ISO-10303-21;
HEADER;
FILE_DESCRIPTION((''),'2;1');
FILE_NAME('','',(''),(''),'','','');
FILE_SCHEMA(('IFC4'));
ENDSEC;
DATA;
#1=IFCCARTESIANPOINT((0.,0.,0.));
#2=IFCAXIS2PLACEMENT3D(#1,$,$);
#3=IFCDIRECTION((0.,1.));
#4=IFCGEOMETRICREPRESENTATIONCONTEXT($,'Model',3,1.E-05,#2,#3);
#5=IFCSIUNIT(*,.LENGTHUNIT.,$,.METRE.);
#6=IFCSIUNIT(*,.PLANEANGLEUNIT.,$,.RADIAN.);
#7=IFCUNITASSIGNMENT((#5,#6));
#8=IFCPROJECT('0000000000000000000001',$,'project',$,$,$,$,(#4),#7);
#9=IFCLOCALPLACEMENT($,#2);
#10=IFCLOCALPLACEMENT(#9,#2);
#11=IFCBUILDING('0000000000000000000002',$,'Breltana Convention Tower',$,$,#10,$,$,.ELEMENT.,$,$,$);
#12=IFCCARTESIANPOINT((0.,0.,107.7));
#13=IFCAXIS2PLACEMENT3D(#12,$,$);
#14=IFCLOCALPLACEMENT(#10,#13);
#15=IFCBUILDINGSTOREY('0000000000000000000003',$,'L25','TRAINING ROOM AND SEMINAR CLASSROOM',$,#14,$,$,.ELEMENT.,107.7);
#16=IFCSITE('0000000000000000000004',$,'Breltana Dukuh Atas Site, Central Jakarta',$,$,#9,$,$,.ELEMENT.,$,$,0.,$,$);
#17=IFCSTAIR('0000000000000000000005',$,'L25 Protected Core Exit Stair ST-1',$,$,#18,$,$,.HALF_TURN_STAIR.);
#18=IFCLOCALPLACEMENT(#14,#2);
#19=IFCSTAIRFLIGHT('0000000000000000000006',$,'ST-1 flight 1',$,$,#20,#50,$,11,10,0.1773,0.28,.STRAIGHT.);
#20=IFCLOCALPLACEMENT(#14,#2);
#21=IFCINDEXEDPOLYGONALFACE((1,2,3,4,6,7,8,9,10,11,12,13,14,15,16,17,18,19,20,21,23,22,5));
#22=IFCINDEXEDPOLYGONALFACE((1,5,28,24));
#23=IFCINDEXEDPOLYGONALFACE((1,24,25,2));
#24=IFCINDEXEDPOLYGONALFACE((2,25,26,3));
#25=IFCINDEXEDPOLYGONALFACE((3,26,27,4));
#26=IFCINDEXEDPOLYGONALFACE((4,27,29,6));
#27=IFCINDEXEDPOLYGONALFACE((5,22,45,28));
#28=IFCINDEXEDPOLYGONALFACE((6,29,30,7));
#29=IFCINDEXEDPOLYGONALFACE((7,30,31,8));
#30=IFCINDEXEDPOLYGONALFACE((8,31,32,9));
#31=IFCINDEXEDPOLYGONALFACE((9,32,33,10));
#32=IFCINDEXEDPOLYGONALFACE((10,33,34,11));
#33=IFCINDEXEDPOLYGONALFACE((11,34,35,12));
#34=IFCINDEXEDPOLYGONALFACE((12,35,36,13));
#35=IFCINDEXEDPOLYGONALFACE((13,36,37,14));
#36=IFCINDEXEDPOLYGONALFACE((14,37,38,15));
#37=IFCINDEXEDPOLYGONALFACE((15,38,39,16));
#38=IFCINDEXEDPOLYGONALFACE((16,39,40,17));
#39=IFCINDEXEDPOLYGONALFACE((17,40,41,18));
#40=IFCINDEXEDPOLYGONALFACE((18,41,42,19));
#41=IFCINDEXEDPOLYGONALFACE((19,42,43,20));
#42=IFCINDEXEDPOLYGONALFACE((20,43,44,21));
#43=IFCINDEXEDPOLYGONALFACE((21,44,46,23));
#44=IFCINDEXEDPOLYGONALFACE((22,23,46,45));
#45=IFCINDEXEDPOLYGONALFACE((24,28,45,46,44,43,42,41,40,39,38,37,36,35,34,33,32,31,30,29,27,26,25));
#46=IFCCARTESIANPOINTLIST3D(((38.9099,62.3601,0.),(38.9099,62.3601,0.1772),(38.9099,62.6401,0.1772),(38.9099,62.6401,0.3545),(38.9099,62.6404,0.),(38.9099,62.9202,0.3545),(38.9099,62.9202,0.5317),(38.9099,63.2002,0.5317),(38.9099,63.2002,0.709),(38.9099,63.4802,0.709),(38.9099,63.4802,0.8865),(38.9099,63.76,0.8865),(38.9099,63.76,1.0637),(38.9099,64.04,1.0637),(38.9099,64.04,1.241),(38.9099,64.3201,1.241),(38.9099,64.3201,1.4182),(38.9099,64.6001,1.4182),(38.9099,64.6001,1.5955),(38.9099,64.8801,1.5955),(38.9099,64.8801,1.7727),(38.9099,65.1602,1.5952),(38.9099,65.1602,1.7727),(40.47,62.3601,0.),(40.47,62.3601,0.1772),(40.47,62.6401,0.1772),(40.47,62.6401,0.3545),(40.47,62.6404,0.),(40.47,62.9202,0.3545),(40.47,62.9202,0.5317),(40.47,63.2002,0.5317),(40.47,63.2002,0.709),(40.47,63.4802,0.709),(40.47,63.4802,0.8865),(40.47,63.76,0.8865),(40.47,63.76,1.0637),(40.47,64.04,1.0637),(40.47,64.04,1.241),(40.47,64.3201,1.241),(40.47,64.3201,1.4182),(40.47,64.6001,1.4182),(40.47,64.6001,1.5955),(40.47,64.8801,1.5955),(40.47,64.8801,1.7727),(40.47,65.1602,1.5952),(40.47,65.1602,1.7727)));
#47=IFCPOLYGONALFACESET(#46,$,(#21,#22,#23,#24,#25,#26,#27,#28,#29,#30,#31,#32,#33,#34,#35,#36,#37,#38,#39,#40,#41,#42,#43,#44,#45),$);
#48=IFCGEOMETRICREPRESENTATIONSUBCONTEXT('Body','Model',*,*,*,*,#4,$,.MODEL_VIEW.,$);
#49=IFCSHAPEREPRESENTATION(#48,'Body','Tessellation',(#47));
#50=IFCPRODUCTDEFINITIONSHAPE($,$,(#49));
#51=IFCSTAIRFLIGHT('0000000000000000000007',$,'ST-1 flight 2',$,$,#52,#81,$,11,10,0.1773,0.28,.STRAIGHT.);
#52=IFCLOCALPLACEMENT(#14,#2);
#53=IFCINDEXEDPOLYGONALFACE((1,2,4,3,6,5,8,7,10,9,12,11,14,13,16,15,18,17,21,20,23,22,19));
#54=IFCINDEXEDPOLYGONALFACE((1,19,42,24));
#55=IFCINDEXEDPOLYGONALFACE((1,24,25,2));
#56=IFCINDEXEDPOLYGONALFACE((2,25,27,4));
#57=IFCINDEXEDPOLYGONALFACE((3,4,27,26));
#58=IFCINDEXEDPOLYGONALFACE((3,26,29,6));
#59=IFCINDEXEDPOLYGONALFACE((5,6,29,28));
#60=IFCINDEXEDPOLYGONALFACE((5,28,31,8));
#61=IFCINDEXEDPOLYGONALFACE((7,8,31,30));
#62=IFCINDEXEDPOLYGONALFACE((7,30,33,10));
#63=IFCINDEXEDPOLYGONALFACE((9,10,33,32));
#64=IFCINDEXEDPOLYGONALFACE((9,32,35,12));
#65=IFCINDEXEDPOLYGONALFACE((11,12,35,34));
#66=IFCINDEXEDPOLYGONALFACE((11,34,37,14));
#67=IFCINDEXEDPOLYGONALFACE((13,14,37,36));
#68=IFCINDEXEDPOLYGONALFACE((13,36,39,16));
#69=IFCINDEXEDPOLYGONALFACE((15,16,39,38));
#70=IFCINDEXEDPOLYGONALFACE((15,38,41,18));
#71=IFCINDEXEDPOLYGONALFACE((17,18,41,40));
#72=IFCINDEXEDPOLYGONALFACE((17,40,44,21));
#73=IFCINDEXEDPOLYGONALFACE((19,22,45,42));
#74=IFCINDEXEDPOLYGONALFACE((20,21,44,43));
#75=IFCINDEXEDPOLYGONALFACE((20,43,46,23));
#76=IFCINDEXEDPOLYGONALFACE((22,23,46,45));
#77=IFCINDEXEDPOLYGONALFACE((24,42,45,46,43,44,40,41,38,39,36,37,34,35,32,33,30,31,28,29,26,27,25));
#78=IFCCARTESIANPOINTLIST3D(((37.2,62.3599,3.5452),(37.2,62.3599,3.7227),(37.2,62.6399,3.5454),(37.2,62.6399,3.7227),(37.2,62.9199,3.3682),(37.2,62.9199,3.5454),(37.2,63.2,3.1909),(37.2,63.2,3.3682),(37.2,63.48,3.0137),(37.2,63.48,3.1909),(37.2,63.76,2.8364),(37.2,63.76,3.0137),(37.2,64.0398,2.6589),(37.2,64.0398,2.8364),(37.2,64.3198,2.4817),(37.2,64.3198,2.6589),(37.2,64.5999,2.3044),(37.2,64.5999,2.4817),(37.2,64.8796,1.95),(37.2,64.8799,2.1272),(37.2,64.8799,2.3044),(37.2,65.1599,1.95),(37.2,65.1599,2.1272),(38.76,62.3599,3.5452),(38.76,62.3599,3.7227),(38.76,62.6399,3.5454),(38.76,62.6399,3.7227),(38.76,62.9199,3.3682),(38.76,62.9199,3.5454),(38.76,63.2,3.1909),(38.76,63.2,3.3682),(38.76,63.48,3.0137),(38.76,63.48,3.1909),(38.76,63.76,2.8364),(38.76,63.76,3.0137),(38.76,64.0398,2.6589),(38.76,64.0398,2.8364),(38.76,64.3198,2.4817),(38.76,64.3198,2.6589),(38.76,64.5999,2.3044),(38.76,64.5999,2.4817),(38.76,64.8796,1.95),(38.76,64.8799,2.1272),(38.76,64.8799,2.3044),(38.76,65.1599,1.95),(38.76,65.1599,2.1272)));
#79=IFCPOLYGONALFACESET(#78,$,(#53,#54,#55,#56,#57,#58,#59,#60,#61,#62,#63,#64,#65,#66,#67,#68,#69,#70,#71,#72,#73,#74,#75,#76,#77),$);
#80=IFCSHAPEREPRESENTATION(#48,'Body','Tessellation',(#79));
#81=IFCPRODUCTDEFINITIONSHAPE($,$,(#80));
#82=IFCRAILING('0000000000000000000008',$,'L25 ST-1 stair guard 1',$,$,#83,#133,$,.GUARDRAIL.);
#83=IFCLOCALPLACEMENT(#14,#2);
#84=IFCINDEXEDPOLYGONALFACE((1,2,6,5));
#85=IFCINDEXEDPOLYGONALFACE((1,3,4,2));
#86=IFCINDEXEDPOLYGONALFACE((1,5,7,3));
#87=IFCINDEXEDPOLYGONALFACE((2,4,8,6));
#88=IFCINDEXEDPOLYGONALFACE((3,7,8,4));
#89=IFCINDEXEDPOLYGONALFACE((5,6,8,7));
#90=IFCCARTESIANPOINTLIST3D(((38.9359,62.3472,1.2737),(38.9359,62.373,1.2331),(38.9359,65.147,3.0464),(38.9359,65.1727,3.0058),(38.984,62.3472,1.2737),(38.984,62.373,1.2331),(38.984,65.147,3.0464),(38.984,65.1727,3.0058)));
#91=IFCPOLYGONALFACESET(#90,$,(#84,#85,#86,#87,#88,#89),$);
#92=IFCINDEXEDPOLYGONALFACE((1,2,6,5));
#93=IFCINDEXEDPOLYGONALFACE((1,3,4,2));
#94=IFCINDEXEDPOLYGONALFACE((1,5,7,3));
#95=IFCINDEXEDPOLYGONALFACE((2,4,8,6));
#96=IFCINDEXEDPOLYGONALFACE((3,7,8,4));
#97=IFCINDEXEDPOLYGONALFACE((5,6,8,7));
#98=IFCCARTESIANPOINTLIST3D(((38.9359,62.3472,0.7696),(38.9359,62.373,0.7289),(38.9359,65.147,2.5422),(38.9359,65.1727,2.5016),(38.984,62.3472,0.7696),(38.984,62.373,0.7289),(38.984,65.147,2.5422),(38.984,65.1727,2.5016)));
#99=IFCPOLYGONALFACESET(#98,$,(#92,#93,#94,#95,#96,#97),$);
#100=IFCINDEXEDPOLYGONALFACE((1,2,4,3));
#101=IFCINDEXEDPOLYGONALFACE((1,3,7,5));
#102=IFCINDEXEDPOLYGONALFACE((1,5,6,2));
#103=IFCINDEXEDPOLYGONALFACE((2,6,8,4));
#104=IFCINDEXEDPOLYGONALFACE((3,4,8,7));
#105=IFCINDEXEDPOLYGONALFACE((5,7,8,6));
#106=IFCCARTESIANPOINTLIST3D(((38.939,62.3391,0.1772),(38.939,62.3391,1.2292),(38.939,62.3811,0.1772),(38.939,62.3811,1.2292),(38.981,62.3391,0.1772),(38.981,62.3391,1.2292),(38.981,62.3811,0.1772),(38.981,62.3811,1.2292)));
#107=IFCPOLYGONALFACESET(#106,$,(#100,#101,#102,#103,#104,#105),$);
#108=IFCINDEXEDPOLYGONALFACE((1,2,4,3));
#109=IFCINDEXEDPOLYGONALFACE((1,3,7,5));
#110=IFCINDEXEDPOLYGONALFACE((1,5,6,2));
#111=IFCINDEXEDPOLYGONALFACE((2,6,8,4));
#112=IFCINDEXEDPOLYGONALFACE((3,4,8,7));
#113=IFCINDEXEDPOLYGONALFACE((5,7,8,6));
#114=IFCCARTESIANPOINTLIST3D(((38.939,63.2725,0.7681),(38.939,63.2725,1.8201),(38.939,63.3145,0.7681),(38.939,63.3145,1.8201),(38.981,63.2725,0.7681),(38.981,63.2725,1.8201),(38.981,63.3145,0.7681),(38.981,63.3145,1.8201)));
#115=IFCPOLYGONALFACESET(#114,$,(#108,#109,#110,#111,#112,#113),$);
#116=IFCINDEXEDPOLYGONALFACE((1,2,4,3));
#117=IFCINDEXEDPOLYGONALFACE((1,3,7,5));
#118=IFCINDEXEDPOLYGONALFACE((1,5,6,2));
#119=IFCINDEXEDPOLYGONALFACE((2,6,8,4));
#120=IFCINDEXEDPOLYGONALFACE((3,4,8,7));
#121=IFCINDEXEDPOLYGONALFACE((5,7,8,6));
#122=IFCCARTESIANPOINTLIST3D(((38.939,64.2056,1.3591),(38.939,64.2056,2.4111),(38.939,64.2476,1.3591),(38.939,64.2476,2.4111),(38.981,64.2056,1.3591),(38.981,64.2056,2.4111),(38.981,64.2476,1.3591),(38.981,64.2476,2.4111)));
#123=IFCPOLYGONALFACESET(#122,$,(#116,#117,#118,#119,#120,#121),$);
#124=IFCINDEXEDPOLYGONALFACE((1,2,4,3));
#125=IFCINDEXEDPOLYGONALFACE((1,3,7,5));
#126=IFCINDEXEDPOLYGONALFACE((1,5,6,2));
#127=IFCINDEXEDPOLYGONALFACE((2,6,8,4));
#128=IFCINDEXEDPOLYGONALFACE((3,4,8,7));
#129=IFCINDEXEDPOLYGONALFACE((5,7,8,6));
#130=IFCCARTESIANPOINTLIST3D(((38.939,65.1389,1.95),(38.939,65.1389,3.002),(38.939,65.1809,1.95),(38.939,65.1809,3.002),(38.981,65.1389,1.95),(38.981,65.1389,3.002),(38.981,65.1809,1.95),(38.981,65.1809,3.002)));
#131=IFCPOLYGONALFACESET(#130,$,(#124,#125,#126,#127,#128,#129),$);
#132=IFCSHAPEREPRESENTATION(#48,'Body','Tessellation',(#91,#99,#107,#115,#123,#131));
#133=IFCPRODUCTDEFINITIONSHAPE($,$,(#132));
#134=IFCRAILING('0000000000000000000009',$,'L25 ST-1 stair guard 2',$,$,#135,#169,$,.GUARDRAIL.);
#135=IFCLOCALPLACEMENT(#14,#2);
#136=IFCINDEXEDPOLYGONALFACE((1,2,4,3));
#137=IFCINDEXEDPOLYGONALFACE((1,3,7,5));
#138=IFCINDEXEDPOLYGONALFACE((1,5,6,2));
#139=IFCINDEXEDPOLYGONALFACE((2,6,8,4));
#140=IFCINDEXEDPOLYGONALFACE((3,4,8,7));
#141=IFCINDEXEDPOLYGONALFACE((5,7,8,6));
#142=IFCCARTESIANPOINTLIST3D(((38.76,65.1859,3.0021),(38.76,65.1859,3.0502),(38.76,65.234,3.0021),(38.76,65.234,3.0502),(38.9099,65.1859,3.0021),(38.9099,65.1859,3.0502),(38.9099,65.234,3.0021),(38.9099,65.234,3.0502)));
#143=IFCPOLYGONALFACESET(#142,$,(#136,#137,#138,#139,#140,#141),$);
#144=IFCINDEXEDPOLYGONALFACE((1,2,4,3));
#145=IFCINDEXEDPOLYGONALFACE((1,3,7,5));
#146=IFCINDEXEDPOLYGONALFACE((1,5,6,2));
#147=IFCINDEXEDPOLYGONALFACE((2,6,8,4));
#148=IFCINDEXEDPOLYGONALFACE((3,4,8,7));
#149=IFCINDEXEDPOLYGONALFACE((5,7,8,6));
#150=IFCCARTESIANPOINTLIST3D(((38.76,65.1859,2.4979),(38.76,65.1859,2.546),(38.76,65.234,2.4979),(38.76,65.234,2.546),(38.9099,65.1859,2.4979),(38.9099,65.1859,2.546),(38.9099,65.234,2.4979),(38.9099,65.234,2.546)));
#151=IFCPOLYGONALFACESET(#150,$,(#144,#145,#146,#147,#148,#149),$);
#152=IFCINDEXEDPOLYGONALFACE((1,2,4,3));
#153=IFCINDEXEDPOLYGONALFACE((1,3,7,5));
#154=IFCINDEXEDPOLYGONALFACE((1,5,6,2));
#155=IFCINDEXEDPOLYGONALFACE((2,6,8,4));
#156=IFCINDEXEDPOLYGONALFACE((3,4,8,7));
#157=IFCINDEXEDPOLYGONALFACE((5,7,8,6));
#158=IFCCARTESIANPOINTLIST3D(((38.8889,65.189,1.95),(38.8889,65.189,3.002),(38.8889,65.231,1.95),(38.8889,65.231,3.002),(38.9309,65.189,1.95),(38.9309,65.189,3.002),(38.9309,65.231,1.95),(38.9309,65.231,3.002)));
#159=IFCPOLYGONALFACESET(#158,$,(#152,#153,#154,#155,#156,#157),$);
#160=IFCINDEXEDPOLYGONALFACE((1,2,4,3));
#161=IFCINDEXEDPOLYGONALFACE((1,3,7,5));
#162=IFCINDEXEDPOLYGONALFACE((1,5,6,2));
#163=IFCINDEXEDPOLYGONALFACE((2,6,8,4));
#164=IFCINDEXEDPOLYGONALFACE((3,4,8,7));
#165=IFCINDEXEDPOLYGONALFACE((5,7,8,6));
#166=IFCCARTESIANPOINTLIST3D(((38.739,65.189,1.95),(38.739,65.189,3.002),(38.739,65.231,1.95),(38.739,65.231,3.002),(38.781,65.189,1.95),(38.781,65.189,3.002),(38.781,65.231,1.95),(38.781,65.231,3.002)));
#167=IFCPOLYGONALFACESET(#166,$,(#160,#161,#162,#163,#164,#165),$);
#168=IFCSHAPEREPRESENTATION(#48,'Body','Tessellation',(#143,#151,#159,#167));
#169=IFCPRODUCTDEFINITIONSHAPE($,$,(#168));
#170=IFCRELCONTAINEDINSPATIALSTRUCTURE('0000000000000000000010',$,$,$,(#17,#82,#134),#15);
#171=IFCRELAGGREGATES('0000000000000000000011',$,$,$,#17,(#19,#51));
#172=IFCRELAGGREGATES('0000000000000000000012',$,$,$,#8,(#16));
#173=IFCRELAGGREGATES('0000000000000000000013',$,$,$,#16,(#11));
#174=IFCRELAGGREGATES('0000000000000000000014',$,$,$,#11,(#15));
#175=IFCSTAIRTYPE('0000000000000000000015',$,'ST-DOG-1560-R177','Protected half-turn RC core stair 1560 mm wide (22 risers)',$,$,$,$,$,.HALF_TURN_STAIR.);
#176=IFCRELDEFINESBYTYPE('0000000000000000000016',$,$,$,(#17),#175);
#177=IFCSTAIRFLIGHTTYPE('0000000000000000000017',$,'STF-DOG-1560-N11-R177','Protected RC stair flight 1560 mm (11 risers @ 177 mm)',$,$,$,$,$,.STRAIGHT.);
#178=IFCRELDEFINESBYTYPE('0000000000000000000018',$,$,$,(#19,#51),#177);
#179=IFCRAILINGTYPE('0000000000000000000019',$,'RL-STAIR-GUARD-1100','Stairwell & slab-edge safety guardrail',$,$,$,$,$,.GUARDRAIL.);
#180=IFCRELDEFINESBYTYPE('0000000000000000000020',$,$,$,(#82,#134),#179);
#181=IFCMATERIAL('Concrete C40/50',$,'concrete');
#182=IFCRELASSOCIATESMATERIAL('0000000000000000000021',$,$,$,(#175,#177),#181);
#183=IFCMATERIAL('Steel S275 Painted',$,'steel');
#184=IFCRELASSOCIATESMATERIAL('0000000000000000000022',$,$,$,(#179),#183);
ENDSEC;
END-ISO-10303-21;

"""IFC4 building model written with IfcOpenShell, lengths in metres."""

from ifc_helpers import new_model, si_unit, direction, frame, origin, origin_2d, place, context, subcontext, project, spatial, polyline, rectangle, outline, extrude, material, type_object, element, aggregate, save


model = new_model("IFC4")

# Units and contexts
model_context = context("Model", 3, precision=1e-05, world=origin(), true_north=direction((0.0, 1.0)))
body_context = subcontext(model_context, "Body", "Model", "MODEL_VIEW")
ifc_project = project(units=[si_unit("LENGTHUNIT", "METRE"), si_unit("PLANEANGLEUNIT", "RADIAN")], contexts=[model_context])

# Site, building, storey
site_placement = place(None, origin())
site = spatial("IfcSite", under=ifc_project, at=site_placement, Name="Breltana Dukuh Atas Site, Central Jakarta", CompositionType="ELEMENT", RefElevation=0.0)
building_placement = place(site_placement, origin())
building = spatial("IfcBuilding", under=site, at=building_placement, Name="Breltana Convention Tower", CompositionType="ELEMENT")
storey_placement = place(building_placement, frame((0.0, 0.0, 107.7)))
storey = spatial("IfcBuildingStorey", under=building, at=storey_placement, Name="L25", Description="TRAINING ROOM AND SEMINAR CLASSROOM", CompositionType="ELEMENT", Elevation=107.7)

# Stair, stair flights
ifc_material_1 = material(Name="Concrete C40/50", Category="concrete")
stair_type = type_object("IfcStairType", Name="ST-DOG-1560-R177", Description="Protected half-turn RC core stair 1560 mm wide (22 risers)", PredefinedType="HALF_TURN_STAIR", material=ifc_material_1)
stair_placement = place(storey_placement, origin())
stair = element("IfcStair", 1, at=stair_placement, inside=storey, type_object=stair_type, Name="L25 Protected Core Exit Stair ST-1", PredefinedType="HALF_TURN_STAIR")
stair_flight_type = type_object("IfcStairFlightType", Name="STF-DOG-1560-N11-R177", Description="Protected RC stair flight 1560 mm (11 risers @ 177 mm)", PredefinedType="STRAIGHT", material=ifc_material_1)
stair_flight_1_placement = place(storey_placement, frame((39.6899, 62.3601, 0.0), z_axis=(0.0, 0.0, 1.0), x_axis=(0.0, 1.0, 0.0)))
stair_flight_1 = element("IfcStairFlight", 2, at=stair_flight_1_placement, type_object=stair_flight_type, Name="ST-1 flight 1", NumberOfRisers=11, NumberOfTreads=10, PredefinedType="STRAIGHT", RiserHeight=0.1773, TreadLength=0.28, context=body_context, shape_type="SweptSolid", body=[
    extrude(outline(polyline([(0.0, 0.0), (0.0, 0.1772), (0.28, 0.1772), (0.28, 0.3545), (0.5601, 0.3545), (0.5601, 0.5317), (0.8401, 0.5317), (0.8401, 0.709), (1.1201, 0.709), (1.1201, 0.8865), (1.3999, 0.8865), (1.3999, 1.0637), (1.6799, 1.0637), (1.6799, 1.241), (1.96, 1.241), (1.96, 1.4182), (2.24, 1.4182), (2.24, 1.5955), (2.52, 1.5955), (2.52, 1.7727), (2.8, 1.7727), (2.8, 1.95), (2.8, 1.5952), (0.2803, 0.0), (0.0, 0.0)])), frame((0.0, 0.78, 0.0), z_axis=(0.0, -1.0, 0.0), x_axis=(1.0, 0.0, 0.0)), (0.0, 0.0, 1.0), 1.5601),
])
stair_flight_2_placement = place(storey_placement, frame((37.98, 65.1599, 1.95), z_axis=(0.0, 0.0, 1.0), x_axis=(0.0, -1.0, 0.0)))
stair_flight_2 = element("IfcStairFlight", 3, at=stair_flight_2_placement, type_object=stair_flight_type, Name="ST-1 flight 2", NumberOfRisers=11, NumberOfTreads=10, PredefinedType="STRAIGHT", RiserHeight=0.1773, TreadLength=0.28, context=body_context, shape_type="SweptSolid", body=[
    extrude(outline(polyline([(0.0, 0.0), (0.0, 0.1772), (0.28, 0.1772), (0.28, 0.3545), (0.5601, 0.3545), (0.5601, 0.5317), (0.8401, 0.5317), (0.8401, 0.709), (1.1201, 0.709), (1.1201, 0.8865), (1.3999, 0.8865), (1.3999, 1.0637), (1.6799, 1.0637), (1.6799, 1.241), (1.96, 1.241), (1.96, 1.4182), (2.24, 1.4182), (2.24, 1.5955), (2.52, 1.5955), (2.52, 1.7727), (2.8, 1.7727), (2.8, 1.95), (2.8, 1.5952), (0.2803, 0.0), (0.0, 0.0)])), frame((0.0, 0.78, 0.0), z_axis=(0.0, -1.0, 0.0), x_axis=(1.0, 0.0, 0.0)), (0.0, 0.0, 1.0), 1.5601),
])
aggregate(stair, [stair_flight_1, stair_flight_2])

# Railings
ifc_material_2 = material(Name="Steel S275 Painted", Category="steel")
railing_type_1 = type_object("IfcRailingType", Name="RL-STAIR-GUARD-1100", Description="Stairwell & slab-edge safety guardrail", PredefinedType="GUARDRAIL", material=ifc_material_2)
railing_1_placement = place(storey_placement, frame((38.96, 62.3601, 0.1772)))
element("IfcRailing", 4, at=railing_1_placement, inside=storey, type_object=railing_type_1, Name="L25 ST-1 stair guard 1", PredefinedType="GUARDRAIL", context=body_context, shape_type="SweptSolid", body=[
    extrude(rectangle(XDim=0.0481, YDim=0.0481, at=origin_2d()), frame((0.0, 0.0, 1.0762), z_axis=(0.0, 0.844888, 0.534943), x_axis=(-1.0, 0.0, 0.0)), (0.0, 0.0, 1.0), 3.3137),
    extrude(rectangle(XDim=0.0481, YDim=0.0481, at=origin_2d()), frame((0.0, 0.0, 0.572), z_axis=(0.0, 0.844888, 0.534943), x_axis=(-1.0, 0.0, 0.0)), (0.0, 0.0, 1.0), 3.3137),
    extrude(rectangle(XDim=0.042, YDim=0.042, at=origin_2d()), origin(), (0.0, 0.0, 1.0), 1.052),
    extrude(rectangle(XDim=0.042, YDim=0.042, at=origin_2d()), frame((0.0, 0.9333, 0.5908)), (0.0, 0.0, 1.0), 1.052),
    extrude(rectangle(XDim=0.042, YDim=0.042, at=origin_2d()), frame((0.0, 1.8665, 1.1819)), (0.0, 0.0, 1.0), 1.052),
    extrude(rectangle(XDim=0.042, YDim=0.042, at=origin_2d()), frame((0.0, 2.7998, 1.7727)), (0.0, 0.0, 1.0), 1.052),
])
railing_2_placement = place(storey_placement, frame((38.9099, 65.21, 1.95)))
element("IfcRailing", 5, at=railing_2_placement, inside=storey, type_object=railing_type_1, Name="L25 ST-1 stair guard 2", PredefinedType="GUARDRAIL", context=body_context, shape_type="SweptSolid", body=[
    extrude(rectangle(XDim=0.0481, YDim=0.0481, at=origin_2d()), frame((0.0, 0.0, 1.0762), z_axis=(-1.0, 0.0, 0.0), x_axis=(0.0, -1.0, 0.0)), (0.0, 0.0, 1.0), 0.1499),
    extrude(rectangle(XDim=0.0481, YDim=0.0481, at=origin_2d()), frame((0.0, 0.0, 0.572), z_axis=(-1.0, 0.0, 0.0), x_axis=(0.0, -1.0, 0.0)), (0.0, 0.0, 1.0), 0.1499),
    extrude(rectangle(XDim=0.042, YDim=0.042, at=origin_2d()), origin(), (0.0, 0.0, 1.0), 1.052),
    extrude(rectangle(XDim=0.042, YDim=0.042, at=origin_2d()), frame((-0.1499, 0.0, 0.0)), (0.0, 0.0, 1.0), 1.052),
])

save(model, "model.ifc")
